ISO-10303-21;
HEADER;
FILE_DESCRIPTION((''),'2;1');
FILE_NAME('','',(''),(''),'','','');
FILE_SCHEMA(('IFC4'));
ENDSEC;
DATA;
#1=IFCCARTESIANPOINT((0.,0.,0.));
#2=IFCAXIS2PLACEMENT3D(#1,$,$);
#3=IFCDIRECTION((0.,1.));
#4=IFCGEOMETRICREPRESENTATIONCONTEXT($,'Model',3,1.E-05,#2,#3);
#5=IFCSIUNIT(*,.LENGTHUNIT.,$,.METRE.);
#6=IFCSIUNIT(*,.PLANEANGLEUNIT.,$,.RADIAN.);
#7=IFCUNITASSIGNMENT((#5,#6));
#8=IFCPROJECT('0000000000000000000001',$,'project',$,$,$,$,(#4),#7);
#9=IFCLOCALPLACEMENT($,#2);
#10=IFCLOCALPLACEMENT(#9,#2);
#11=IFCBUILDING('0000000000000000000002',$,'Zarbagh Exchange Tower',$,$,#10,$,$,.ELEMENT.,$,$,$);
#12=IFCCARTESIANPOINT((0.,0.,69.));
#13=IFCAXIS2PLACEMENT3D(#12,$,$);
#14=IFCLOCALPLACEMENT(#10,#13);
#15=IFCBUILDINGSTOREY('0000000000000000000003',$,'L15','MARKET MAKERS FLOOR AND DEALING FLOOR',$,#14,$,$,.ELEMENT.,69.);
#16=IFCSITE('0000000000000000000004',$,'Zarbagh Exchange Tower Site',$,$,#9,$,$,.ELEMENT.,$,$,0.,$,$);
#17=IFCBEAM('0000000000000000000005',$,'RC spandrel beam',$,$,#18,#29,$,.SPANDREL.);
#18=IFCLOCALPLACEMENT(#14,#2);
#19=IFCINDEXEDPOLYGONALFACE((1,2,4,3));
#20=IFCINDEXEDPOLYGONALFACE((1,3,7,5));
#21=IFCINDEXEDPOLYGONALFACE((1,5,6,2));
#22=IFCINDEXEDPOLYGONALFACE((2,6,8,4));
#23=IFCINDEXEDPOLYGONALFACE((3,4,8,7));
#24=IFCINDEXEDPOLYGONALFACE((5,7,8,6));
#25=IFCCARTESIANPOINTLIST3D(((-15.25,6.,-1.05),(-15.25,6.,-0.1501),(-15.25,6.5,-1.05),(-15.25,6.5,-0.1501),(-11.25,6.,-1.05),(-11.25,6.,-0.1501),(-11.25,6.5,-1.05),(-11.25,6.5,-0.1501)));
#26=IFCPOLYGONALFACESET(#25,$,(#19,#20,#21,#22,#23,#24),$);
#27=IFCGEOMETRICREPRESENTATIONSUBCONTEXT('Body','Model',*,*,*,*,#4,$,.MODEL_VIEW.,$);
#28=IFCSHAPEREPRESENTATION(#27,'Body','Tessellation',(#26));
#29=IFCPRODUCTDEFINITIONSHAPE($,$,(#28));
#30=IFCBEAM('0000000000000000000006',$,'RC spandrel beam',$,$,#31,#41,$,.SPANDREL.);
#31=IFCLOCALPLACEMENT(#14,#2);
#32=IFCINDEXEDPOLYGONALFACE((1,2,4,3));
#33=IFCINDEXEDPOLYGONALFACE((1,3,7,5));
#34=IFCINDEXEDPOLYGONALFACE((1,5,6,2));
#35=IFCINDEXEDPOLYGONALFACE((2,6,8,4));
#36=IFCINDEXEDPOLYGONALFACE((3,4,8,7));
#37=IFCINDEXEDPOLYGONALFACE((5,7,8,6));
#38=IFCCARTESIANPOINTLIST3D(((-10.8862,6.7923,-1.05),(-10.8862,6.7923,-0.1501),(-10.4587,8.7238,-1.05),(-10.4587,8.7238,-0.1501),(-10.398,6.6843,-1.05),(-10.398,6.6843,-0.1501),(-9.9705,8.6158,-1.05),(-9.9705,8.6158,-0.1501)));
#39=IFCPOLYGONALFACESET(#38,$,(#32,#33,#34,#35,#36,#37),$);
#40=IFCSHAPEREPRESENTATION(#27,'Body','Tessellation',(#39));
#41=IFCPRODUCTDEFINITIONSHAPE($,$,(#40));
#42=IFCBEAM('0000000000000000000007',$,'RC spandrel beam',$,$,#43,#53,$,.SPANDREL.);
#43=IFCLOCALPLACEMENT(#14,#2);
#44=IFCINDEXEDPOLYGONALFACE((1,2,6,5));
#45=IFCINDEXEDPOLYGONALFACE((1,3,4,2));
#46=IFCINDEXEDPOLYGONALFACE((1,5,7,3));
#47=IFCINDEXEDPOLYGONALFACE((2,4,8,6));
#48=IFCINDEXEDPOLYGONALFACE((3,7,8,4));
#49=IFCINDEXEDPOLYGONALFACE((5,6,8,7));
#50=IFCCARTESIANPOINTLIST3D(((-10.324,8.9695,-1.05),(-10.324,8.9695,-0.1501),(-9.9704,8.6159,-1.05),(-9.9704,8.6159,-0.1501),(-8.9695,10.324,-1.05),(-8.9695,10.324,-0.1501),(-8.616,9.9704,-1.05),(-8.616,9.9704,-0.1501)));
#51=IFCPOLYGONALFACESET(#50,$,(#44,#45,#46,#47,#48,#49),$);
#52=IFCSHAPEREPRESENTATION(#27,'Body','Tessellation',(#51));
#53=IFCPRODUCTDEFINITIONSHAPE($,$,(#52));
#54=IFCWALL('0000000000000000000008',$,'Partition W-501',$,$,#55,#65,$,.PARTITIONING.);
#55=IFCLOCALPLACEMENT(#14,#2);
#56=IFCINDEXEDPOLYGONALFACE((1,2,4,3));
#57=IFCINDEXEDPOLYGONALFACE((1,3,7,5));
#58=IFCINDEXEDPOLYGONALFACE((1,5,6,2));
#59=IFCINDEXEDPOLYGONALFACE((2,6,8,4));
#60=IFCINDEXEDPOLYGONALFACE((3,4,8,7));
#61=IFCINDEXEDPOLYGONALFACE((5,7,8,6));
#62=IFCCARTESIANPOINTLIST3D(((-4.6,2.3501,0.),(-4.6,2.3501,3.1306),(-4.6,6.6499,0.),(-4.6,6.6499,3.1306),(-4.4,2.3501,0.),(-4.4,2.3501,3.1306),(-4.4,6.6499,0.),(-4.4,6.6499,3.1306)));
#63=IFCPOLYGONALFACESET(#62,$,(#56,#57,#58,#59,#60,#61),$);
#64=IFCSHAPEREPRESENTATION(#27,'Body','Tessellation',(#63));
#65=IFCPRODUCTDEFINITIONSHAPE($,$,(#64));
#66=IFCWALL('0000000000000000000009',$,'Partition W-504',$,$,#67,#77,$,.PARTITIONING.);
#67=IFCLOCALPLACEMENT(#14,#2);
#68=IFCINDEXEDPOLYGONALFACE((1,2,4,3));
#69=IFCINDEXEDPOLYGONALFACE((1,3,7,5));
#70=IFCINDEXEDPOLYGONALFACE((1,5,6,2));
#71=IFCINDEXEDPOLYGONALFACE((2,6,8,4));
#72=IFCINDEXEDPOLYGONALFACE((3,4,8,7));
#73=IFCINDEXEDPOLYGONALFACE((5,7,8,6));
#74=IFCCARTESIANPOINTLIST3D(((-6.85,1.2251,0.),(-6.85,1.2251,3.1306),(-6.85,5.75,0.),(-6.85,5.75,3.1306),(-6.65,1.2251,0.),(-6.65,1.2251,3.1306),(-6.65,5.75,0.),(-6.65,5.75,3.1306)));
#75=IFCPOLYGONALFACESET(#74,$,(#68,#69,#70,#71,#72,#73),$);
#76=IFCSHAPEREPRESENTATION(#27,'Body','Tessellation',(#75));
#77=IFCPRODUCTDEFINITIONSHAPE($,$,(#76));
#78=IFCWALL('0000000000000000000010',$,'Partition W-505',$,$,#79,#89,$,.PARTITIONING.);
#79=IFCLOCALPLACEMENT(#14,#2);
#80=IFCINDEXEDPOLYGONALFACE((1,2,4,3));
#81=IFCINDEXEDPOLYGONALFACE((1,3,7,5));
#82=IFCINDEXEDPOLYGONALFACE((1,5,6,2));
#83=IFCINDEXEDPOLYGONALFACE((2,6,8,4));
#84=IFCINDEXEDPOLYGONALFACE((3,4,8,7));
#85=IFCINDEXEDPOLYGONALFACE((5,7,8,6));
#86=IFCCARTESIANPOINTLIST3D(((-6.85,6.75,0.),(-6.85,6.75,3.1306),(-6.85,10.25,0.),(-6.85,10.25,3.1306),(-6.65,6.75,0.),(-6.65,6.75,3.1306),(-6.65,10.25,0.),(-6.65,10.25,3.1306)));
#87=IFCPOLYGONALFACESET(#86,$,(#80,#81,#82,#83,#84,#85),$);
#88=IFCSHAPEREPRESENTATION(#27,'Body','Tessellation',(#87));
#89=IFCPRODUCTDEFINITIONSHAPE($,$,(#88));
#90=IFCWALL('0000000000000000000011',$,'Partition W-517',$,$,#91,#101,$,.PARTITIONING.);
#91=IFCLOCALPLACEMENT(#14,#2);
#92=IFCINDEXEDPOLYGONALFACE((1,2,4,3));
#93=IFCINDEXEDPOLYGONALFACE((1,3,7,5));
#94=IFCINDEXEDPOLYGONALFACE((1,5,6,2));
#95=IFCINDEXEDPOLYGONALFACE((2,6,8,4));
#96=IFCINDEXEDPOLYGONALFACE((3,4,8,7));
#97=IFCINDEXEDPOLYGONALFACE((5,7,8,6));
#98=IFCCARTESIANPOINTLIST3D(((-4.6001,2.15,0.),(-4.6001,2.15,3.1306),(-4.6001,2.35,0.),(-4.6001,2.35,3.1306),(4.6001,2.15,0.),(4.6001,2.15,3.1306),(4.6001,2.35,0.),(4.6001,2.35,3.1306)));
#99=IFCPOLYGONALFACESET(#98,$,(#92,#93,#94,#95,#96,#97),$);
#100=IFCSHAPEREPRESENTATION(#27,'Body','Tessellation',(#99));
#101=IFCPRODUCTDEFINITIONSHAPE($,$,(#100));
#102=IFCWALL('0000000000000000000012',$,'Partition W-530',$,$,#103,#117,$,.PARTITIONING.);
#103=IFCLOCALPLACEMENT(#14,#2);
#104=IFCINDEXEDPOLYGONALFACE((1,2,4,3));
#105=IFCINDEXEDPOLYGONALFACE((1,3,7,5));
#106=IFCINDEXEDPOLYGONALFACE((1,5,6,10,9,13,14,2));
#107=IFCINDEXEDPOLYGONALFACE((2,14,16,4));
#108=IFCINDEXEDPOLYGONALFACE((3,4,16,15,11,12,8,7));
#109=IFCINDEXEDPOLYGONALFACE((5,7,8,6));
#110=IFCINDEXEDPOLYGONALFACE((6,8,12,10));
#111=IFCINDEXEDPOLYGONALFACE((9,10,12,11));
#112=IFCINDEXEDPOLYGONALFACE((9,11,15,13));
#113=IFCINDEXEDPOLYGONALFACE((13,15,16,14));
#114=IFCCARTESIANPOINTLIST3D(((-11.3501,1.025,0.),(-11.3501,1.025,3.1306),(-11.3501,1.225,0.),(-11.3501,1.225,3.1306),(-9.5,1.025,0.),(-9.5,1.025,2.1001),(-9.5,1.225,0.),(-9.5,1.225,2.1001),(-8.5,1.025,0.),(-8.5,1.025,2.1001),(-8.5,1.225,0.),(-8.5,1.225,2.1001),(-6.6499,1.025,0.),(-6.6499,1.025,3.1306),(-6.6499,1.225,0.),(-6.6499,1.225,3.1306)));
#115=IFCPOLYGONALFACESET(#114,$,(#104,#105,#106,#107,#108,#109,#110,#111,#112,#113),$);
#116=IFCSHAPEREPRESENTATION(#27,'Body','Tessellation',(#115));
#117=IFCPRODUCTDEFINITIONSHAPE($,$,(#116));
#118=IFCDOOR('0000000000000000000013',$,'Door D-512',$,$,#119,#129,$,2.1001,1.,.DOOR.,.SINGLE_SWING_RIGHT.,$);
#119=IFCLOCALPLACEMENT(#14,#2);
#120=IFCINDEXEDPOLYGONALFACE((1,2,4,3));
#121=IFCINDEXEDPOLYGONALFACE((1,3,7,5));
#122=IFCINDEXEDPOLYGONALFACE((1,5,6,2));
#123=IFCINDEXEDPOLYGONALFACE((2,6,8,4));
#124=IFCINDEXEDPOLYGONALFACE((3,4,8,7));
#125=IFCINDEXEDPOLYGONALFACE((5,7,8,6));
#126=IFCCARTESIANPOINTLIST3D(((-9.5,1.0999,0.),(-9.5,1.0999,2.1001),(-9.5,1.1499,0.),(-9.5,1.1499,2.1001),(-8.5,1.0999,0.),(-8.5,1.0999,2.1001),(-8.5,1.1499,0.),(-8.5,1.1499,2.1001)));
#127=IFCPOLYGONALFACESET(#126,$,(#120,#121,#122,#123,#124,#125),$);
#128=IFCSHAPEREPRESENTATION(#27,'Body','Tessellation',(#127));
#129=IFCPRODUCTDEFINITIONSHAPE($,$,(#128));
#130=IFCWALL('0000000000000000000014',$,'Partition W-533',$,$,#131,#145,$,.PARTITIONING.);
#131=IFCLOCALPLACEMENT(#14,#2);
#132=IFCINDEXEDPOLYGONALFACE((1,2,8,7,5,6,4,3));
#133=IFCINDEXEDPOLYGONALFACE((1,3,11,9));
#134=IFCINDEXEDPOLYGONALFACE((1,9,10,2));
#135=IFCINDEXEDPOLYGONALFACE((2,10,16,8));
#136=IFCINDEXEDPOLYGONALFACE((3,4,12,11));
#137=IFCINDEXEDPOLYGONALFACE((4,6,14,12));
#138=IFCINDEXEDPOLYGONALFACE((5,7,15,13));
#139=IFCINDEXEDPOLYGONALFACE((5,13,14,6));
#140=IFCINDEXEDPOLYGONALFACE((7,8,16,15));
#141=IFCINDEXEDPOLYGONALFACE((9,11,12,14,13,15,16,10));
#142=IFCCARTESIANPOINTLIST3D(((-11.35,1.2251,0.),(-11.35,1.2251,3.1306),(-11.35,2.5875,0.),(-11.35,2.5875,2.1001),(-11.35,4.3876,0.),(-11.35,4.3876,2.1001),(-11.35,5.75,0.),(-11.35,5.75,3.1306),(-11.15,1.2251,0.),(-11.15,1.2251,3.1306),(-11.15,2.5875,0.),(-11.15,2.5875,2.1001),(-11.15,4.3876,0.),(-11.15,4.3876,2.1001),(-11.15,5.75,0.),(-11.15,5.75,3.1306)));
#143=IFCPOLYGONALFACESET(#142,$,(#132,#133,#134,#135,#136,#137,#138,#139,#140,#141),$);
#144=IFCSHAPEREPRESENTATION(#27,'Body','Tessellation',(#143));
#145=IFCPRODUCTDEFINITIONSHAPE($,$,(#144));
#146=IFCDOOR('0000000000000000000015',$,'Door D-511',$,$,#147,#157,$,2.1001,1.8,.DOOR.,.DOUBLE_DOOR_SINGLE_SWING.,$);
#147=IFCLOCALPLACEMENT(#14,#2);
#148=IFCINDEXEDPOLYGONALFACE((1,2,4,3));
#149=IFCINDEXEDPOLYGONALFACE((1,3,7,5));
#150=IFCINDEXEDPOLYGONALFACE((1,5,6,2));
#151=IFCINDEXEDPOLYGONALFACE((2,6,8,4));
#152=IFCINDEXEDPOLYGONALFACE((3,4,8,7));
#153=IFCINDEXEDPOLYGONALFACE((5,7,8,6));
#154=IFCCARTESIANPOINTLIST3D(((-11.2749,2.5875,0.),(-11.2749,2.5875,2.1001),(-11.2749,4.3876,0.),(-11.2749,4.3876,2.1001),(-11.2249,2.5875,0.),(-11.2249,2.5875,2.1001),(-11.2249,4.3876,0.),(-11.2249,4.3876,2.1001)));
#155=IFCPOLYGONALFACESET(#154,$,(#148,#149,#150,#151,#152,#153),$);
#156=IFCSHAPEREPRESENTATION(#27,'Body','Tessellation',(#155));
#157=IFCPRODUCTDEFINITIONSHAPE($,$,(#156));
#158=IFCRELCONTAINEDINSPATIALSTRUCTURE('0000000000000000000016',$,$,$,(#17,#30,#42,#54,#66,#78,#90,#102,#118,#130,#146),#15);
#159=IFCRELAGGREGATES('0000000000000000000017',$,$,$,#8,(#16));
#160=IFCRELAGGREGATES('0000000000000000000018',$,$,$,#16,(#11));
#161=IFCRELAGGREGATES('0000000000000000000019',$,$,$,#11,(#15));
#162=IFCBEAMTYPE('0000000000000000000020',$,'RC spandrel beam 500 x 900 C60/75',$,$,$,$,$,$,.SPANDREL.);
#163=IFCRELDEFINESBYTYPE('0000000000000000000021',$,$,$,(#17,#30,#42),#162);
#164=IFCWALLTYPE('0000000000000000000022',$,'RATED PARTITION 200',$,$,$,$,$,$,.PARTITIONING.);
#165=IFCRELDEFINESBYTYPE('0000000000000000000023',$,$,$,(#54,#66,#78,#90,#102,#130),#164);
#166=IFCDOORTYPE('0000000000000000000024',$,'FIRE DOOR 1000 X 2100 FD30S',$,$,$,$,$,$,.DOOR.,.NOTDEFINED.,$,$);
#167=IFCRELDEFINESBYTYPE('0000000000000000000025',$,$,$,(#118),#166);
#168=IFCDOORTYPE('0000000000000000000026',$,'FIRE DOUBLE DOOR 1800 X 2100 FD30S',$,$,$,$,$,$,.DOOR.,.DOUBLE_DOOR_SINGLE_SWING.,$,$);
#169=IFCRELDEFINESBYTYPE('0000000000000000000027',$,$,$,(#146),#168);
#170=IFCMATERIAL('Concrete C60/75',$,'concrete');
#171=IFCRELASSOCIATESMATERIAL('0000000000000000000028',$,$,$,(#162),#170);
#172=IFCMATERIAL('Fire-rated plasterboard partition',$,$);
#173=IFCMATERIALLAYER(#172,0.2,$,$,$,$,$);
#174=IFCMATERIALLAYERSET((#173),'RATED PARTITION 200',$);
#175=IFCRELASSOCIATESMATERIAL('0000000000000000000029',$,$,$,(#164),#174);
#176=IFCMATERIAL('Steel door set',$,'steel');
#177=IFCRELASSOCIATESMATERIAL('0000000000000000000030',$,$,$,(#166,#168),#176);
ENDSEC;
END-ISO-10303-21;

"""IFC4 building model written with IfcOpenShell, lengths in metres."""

from ifc_helpers import new_model, si_unit, direction, frame, frame_2d, origin, origin_2d, place, context, subcontext, project, spatial, rectangle, extrude, material, layer, layer_set, material_profile, profile_set, type_object, element, fill, save


model = new_model("IFC4")

# Units and contexts
model_context = context("Model", 3, precision=1e-05, world=origin(), true_north=direction((0.0, 1.0)))
body_context = subcontext(model_context, "Body", "Model", "MODEL_VIEW")
ifc_project = project(units=[si_unit("LENGTHUNIT", "METRE"), si_unit("PLANEANGLEUNIT", "RADIAN")], contexts=[model_context])

# Site, building, storey
site_placement = place(None, origin())
site = spatial("IfcSite", under=ifc_project, at=site_placement, Name="Zarbagh Exchange Tower Site", CompositionType="ELEMENT", RefElevation=0.0)
building_placement = place(site_placement, origin())
building = spatial("IfcBuilding", under=site, at=building_placement, Name="Zarbagh Exchange Tower", CompositionType="ELEMENT")
storey_placement = place(building_placement, frame((0.0, 0.0, 69.0)))
storey = spatial("IfcBuildingStorey", under=building, at=storey_placement, Name="L15", Description="MARKET MAKERS FLOOR AND DEALING FLOOR", CompositionType="ELEMENT", Elevation=69.0)

# Shared definitions
ifc_material_1 = material(Name="Concrete C60/75", Category="concrete")

# Beams
ifc_material_profile_1 = material_profile(ifc_material_1, rectangle(XDim=0.5, YDim=0.8999, at=origin_2d()), Name="RC spandrel beam 500 x 900 C60/75")
ifc_profile_set_1 = profile_set([ifc_material_profile_1], Name="Concrete C60/75")
beam_type_1 = type_object("IfcBeamType", Name="RC spandrel beam 500 x 900 C60/75", PredefinedType="SPANDREL", material=ifc_profile_set_1)
beam_1_placement = place(storey_placement, frame((-15.25, 6.25, -0.6001), z_axis=(1.0, 0.0, 0.0), x_axis=(0.0, 1.0, 0.0)))
element("IfcBeam", 1, at=beam_1_placement, inside=storey, type_object=beam_type_1, Name="RC spandrel beam", PredefinedType="SPANDREL", context=body_context, shape_type="SweptSolid", body=[
    extrude(rectangle(XDim=0.5, YDim=0.8999, at=origin_2d()), origin(), (0.0, 0.0, 1.0), 4.0),
])
beam_2_placement = place(storey_placement, frame((-10.6421, 6.7383, -0.6001), z_axis=(0.216081, 0.976375, 0.0), x_axis=(-0.976375, 0.216081, 0.0)))
element("IfcBeam", 2, at=beam_2_placement, inside=storey, type_object=beam_type_1, Name="RC spandrel beam", PredefinedType="SPANDREL", context=body_context, shape_type="SweptSolid", body=[
    extrude(rectangle(XDim=0.5, YDim=0.8999, at=origin_2d()), origin(), (0.0, 0.0, 1.0), 1.9783),
])
beam_3_placement = place(storey_placement, frame((-10.1472, 8.7927, -0.6001), z_axis=(0.707107, 0.707107, 0.0), x_axis=(-0.707107, 0.707107, 0.0)))
element("IfcBeam", 3, at=beam_3_placement, inside=storey, type_object=beam_type_1, Name="RC spandrel beam", PredefinedType="SPANDREL", context=body_context, shape_type="SweptSolid", body=[
    extrude(rectangle(XDim=0.5, YDim=0.8999, at=origin_2d()), origin(), (0.0, 0.0, 1.0), 1.9155),
])

# Walls
ifc_material_2 = material(Name="Fire-rated plasterboard partition")
ifc_layer = layer(ifc_material_2, 0.2)
ifc_layer_set = layer_set([ifc_layer], Name="RATED PARTITION 200")
wall_type = type_object("IfcWallType", Name="RATED PARTITION 200", PredefinedType="PARTITIONING", material=ifc_layer_set)
wall_1_placement = place(storey_placement, frame((-4.5, 2.3501, 0.0), z_axis=(0.0, 0.0, 1.0), x_axis=(0.0, 1.0, 0.0)))
element("IfcWall", 4, at=wall_1_placement, inside=storey, type_object=wall_type, Name="Partition W-501", PredefinedType="PARTITIONING", context=body_context, shape_type="SweptSolid", body=[
    extrude(rectangle(XDim=4.2998, YDim=0.2, at=frame_2d((2.1499, 0.0))), origin(), (0.0, 0.0, 1.0), 3.1306),
])
wall_2_placement = place(storey_placement, frame((-6.75, 1.2251, 0.0), z_axis=(0.0, 0.0, 1.0), x_axis=(0.0, 1.0, 0.0)))
element("IfcWall", 5, at=wall_2_placement, inside=storey, type_object=wall_type, Name="Partition W-504", PredefinedType="PARTITIONING", context=body_context, shape_type="SweptSolid", body=[
    extrude(rectangle(XDim=4.5249, YDim=0.2, at=frame_2d((2.2625, 0.0))), origin(), (0.0, 0.0, 1.0), 3.1306),
])
wall_3_placement = place(storey_placement, frame((-6.75, 6.75, 0.0), z_axis=(0.0, 0.0, 1.0), x_axis=(0.0, 1.0, 0.0)))
element("IfcWall", 6, at=wall_3_placement, inside=storey, type_object=wall_type, Name="Partition W-505", PredefinedType="PARTITIONING", context=body_context, shape_type="SweptSolid", body=[
    extrude(rectangle(XDim=3.5, YDim=0.2, at=frame_2d((1.75, 0.0))), origin(), (0.0, 0.0, 1.0), 3.1306),
])
wall_4_placement = place(storey_placement, frame((-4.6001, 2.25, 0.0), z_axis=(0.0, 0.0, 1.0), x_axis=(1.0, 0.0, 0.0)))
element("IfcWall", 7, at=wall_4_placement, inside=storey, type_object=wall_type, Name="Partition W-517", PredefinedType="PARTITIONING", context=body_context, shape_type="SweptSolid", body=[
    extrude(rectangle(XDim=9.2002, YDim=0.2, at=frame_2d((4.6001, 0.0))), origin(), (0.0, 0.0, 1.0), 3.1306),
])

# Walls, openings, doors
wall_5_placement = place(storey_placement, frame((-11.3501, 1.125, 0.0), z_axis=(0.0, 0.0, 1.0), x_axis=(1.0, 0.0, 0.0)))
wall_5 = element("IfcWall", 8, at=wall_5_placement, inside=storey, type_object=wall_type, Name="Partition W-530", PredefinedType="PARTITIONING", context=body_context, shape_type="SweptSolid", body=[
    extrude(rectangle(XDim=4.7002, YDim=0.2, at=frame_2d((2.3501, 0.0))), origin(), (0.0, 0.0, 1.0), 3.1306),
])
opening_1_placement = place(wall_5_placement, frame((1.8501, 0.0, 0.0)))
opening_1 = element("IfcOpeningElement", 9, at=opening_1_placement, cuts=wall_5, PredefinedType="OPENING", context=body_context, shape_type="SweptSolid", body=[
    extrude(rectangle(XDim=1.0, YDim=2.1001, at=frame_2d((0.5, 1.05))), frame((0.0, 0.1099, 0.0), z_axis=(0.0, -1.0, 0.0), x_axis=(1.0, 0.0, 0.0)), (0.0, 0.0, 1.0), 0.22),
])
ifc_material_3 = material(Name="Steel door set", Category="steel")
door_type_1 = type_object("IfcDoorType", Name="FIRE DOOR 1000 X 2100 FD30S", OperationType="NOTDEFINED", PredefinedType="DOOR", material=ifc_material_3)
door_1_placement = place(opening_1_placement, origin())
door_1 = element("IfcDoor", 10, at=door_1_placement, inside=storey, type_object=door_type_1, Name="Door D-512", OperationType="SINGLE_SWING_RIGHT", OverallHeight=2.1001, OverallWidth=1.0, PredefinedType="DOOR", context=body_context, shape_type="SweptSolid", body=[
    extrude(rectangle(XDim=1.0, YDim=2.1001, at=frame_2d((0.5, 1.05))), frame((0.0, 0.0249, 0.0), z_axis=(0.0, -1.0, 0.0), x_axis=(1.0, 0.0, 0.0)), (0.0, 0.0, 1.0), 0.05),
])
fill(opening_1, door_1)
wall_6_placement = place(storey_placement, frame((-11.25, 1.2251, 0.0), z_axis=(0.0, 0.0, 1.0), x_axis=(0.0, 1.0, 0.0)))
wall_6 = element("IfcWall", 11, at=wall_6_placement, inside=storey, type_object=wall_type, Name="Partition W-533", PredefinedType="PARTITIONING", context=body_context, shape_type="SweptSolid", body=[
    extrude(rectangle(XDim=4.5249, YDim=0.2, at=frame_2d((2.2625, 0.0))), origin(), (0.0, 0.0, 1.0), 3.1306),
])
opening_2_placement = place(wall_6_placement, frame((1.3625, 0.0, 0.0)))
opening_2 = element("IfcOpeningElement", 12, at=opening_2_placement, cuts=wall_6, PredefinedType="OPENING", context=body_context, shape_type="SweptSolid", body=[
    extrude(rectangle(XDim=1.8, YDim=2.1001, at=frame_2d((0.8999, 1.05))), frame((0.0, 0.1099, 0.0), z_axis=(0.0, -1.0, 0.0), x_axis=(1.0, 0.0, 0.0)), (0.0, 0.0, 1.0), 0.22),
])
door_type_2 = type_object("IfcDoorType", Name="FIRE DOUBLE DOOR 1800 X 2100 FD30S", OperationType="DOUBLE_DOOR_SINGLE_SWING", PredefinedType="DOOR", material=ifc_material_3)
door_2_placement = place(opening_2_placement, origin())
door_2 = element("IfcDoor", 13, at=door_2_placement, inside=storey, type_object=door_type_2, Name="Door D-511", OperationType="DOUBLE_DOOR_SINGLE_SWING", OverallHeight=2.1001, OverallWidth=1.8, PredefinedType="DOOR", context=body_context, shape_type="SweptSolid", body=[
    extrude(rectangle(XDim=1.8, YDim=2.1001, at=frame_2d((0.8999, 1.05))), frame((0.0, 0.0249, 0.0), z_axis=(0.0, -1.0, 0.0), x_axis=(1.0, 0.0, 0.0)), (0.0, 0.0, 1.0), 0.05),
])
fill(opening_2, door_2)

save(model, "model.ifc")
